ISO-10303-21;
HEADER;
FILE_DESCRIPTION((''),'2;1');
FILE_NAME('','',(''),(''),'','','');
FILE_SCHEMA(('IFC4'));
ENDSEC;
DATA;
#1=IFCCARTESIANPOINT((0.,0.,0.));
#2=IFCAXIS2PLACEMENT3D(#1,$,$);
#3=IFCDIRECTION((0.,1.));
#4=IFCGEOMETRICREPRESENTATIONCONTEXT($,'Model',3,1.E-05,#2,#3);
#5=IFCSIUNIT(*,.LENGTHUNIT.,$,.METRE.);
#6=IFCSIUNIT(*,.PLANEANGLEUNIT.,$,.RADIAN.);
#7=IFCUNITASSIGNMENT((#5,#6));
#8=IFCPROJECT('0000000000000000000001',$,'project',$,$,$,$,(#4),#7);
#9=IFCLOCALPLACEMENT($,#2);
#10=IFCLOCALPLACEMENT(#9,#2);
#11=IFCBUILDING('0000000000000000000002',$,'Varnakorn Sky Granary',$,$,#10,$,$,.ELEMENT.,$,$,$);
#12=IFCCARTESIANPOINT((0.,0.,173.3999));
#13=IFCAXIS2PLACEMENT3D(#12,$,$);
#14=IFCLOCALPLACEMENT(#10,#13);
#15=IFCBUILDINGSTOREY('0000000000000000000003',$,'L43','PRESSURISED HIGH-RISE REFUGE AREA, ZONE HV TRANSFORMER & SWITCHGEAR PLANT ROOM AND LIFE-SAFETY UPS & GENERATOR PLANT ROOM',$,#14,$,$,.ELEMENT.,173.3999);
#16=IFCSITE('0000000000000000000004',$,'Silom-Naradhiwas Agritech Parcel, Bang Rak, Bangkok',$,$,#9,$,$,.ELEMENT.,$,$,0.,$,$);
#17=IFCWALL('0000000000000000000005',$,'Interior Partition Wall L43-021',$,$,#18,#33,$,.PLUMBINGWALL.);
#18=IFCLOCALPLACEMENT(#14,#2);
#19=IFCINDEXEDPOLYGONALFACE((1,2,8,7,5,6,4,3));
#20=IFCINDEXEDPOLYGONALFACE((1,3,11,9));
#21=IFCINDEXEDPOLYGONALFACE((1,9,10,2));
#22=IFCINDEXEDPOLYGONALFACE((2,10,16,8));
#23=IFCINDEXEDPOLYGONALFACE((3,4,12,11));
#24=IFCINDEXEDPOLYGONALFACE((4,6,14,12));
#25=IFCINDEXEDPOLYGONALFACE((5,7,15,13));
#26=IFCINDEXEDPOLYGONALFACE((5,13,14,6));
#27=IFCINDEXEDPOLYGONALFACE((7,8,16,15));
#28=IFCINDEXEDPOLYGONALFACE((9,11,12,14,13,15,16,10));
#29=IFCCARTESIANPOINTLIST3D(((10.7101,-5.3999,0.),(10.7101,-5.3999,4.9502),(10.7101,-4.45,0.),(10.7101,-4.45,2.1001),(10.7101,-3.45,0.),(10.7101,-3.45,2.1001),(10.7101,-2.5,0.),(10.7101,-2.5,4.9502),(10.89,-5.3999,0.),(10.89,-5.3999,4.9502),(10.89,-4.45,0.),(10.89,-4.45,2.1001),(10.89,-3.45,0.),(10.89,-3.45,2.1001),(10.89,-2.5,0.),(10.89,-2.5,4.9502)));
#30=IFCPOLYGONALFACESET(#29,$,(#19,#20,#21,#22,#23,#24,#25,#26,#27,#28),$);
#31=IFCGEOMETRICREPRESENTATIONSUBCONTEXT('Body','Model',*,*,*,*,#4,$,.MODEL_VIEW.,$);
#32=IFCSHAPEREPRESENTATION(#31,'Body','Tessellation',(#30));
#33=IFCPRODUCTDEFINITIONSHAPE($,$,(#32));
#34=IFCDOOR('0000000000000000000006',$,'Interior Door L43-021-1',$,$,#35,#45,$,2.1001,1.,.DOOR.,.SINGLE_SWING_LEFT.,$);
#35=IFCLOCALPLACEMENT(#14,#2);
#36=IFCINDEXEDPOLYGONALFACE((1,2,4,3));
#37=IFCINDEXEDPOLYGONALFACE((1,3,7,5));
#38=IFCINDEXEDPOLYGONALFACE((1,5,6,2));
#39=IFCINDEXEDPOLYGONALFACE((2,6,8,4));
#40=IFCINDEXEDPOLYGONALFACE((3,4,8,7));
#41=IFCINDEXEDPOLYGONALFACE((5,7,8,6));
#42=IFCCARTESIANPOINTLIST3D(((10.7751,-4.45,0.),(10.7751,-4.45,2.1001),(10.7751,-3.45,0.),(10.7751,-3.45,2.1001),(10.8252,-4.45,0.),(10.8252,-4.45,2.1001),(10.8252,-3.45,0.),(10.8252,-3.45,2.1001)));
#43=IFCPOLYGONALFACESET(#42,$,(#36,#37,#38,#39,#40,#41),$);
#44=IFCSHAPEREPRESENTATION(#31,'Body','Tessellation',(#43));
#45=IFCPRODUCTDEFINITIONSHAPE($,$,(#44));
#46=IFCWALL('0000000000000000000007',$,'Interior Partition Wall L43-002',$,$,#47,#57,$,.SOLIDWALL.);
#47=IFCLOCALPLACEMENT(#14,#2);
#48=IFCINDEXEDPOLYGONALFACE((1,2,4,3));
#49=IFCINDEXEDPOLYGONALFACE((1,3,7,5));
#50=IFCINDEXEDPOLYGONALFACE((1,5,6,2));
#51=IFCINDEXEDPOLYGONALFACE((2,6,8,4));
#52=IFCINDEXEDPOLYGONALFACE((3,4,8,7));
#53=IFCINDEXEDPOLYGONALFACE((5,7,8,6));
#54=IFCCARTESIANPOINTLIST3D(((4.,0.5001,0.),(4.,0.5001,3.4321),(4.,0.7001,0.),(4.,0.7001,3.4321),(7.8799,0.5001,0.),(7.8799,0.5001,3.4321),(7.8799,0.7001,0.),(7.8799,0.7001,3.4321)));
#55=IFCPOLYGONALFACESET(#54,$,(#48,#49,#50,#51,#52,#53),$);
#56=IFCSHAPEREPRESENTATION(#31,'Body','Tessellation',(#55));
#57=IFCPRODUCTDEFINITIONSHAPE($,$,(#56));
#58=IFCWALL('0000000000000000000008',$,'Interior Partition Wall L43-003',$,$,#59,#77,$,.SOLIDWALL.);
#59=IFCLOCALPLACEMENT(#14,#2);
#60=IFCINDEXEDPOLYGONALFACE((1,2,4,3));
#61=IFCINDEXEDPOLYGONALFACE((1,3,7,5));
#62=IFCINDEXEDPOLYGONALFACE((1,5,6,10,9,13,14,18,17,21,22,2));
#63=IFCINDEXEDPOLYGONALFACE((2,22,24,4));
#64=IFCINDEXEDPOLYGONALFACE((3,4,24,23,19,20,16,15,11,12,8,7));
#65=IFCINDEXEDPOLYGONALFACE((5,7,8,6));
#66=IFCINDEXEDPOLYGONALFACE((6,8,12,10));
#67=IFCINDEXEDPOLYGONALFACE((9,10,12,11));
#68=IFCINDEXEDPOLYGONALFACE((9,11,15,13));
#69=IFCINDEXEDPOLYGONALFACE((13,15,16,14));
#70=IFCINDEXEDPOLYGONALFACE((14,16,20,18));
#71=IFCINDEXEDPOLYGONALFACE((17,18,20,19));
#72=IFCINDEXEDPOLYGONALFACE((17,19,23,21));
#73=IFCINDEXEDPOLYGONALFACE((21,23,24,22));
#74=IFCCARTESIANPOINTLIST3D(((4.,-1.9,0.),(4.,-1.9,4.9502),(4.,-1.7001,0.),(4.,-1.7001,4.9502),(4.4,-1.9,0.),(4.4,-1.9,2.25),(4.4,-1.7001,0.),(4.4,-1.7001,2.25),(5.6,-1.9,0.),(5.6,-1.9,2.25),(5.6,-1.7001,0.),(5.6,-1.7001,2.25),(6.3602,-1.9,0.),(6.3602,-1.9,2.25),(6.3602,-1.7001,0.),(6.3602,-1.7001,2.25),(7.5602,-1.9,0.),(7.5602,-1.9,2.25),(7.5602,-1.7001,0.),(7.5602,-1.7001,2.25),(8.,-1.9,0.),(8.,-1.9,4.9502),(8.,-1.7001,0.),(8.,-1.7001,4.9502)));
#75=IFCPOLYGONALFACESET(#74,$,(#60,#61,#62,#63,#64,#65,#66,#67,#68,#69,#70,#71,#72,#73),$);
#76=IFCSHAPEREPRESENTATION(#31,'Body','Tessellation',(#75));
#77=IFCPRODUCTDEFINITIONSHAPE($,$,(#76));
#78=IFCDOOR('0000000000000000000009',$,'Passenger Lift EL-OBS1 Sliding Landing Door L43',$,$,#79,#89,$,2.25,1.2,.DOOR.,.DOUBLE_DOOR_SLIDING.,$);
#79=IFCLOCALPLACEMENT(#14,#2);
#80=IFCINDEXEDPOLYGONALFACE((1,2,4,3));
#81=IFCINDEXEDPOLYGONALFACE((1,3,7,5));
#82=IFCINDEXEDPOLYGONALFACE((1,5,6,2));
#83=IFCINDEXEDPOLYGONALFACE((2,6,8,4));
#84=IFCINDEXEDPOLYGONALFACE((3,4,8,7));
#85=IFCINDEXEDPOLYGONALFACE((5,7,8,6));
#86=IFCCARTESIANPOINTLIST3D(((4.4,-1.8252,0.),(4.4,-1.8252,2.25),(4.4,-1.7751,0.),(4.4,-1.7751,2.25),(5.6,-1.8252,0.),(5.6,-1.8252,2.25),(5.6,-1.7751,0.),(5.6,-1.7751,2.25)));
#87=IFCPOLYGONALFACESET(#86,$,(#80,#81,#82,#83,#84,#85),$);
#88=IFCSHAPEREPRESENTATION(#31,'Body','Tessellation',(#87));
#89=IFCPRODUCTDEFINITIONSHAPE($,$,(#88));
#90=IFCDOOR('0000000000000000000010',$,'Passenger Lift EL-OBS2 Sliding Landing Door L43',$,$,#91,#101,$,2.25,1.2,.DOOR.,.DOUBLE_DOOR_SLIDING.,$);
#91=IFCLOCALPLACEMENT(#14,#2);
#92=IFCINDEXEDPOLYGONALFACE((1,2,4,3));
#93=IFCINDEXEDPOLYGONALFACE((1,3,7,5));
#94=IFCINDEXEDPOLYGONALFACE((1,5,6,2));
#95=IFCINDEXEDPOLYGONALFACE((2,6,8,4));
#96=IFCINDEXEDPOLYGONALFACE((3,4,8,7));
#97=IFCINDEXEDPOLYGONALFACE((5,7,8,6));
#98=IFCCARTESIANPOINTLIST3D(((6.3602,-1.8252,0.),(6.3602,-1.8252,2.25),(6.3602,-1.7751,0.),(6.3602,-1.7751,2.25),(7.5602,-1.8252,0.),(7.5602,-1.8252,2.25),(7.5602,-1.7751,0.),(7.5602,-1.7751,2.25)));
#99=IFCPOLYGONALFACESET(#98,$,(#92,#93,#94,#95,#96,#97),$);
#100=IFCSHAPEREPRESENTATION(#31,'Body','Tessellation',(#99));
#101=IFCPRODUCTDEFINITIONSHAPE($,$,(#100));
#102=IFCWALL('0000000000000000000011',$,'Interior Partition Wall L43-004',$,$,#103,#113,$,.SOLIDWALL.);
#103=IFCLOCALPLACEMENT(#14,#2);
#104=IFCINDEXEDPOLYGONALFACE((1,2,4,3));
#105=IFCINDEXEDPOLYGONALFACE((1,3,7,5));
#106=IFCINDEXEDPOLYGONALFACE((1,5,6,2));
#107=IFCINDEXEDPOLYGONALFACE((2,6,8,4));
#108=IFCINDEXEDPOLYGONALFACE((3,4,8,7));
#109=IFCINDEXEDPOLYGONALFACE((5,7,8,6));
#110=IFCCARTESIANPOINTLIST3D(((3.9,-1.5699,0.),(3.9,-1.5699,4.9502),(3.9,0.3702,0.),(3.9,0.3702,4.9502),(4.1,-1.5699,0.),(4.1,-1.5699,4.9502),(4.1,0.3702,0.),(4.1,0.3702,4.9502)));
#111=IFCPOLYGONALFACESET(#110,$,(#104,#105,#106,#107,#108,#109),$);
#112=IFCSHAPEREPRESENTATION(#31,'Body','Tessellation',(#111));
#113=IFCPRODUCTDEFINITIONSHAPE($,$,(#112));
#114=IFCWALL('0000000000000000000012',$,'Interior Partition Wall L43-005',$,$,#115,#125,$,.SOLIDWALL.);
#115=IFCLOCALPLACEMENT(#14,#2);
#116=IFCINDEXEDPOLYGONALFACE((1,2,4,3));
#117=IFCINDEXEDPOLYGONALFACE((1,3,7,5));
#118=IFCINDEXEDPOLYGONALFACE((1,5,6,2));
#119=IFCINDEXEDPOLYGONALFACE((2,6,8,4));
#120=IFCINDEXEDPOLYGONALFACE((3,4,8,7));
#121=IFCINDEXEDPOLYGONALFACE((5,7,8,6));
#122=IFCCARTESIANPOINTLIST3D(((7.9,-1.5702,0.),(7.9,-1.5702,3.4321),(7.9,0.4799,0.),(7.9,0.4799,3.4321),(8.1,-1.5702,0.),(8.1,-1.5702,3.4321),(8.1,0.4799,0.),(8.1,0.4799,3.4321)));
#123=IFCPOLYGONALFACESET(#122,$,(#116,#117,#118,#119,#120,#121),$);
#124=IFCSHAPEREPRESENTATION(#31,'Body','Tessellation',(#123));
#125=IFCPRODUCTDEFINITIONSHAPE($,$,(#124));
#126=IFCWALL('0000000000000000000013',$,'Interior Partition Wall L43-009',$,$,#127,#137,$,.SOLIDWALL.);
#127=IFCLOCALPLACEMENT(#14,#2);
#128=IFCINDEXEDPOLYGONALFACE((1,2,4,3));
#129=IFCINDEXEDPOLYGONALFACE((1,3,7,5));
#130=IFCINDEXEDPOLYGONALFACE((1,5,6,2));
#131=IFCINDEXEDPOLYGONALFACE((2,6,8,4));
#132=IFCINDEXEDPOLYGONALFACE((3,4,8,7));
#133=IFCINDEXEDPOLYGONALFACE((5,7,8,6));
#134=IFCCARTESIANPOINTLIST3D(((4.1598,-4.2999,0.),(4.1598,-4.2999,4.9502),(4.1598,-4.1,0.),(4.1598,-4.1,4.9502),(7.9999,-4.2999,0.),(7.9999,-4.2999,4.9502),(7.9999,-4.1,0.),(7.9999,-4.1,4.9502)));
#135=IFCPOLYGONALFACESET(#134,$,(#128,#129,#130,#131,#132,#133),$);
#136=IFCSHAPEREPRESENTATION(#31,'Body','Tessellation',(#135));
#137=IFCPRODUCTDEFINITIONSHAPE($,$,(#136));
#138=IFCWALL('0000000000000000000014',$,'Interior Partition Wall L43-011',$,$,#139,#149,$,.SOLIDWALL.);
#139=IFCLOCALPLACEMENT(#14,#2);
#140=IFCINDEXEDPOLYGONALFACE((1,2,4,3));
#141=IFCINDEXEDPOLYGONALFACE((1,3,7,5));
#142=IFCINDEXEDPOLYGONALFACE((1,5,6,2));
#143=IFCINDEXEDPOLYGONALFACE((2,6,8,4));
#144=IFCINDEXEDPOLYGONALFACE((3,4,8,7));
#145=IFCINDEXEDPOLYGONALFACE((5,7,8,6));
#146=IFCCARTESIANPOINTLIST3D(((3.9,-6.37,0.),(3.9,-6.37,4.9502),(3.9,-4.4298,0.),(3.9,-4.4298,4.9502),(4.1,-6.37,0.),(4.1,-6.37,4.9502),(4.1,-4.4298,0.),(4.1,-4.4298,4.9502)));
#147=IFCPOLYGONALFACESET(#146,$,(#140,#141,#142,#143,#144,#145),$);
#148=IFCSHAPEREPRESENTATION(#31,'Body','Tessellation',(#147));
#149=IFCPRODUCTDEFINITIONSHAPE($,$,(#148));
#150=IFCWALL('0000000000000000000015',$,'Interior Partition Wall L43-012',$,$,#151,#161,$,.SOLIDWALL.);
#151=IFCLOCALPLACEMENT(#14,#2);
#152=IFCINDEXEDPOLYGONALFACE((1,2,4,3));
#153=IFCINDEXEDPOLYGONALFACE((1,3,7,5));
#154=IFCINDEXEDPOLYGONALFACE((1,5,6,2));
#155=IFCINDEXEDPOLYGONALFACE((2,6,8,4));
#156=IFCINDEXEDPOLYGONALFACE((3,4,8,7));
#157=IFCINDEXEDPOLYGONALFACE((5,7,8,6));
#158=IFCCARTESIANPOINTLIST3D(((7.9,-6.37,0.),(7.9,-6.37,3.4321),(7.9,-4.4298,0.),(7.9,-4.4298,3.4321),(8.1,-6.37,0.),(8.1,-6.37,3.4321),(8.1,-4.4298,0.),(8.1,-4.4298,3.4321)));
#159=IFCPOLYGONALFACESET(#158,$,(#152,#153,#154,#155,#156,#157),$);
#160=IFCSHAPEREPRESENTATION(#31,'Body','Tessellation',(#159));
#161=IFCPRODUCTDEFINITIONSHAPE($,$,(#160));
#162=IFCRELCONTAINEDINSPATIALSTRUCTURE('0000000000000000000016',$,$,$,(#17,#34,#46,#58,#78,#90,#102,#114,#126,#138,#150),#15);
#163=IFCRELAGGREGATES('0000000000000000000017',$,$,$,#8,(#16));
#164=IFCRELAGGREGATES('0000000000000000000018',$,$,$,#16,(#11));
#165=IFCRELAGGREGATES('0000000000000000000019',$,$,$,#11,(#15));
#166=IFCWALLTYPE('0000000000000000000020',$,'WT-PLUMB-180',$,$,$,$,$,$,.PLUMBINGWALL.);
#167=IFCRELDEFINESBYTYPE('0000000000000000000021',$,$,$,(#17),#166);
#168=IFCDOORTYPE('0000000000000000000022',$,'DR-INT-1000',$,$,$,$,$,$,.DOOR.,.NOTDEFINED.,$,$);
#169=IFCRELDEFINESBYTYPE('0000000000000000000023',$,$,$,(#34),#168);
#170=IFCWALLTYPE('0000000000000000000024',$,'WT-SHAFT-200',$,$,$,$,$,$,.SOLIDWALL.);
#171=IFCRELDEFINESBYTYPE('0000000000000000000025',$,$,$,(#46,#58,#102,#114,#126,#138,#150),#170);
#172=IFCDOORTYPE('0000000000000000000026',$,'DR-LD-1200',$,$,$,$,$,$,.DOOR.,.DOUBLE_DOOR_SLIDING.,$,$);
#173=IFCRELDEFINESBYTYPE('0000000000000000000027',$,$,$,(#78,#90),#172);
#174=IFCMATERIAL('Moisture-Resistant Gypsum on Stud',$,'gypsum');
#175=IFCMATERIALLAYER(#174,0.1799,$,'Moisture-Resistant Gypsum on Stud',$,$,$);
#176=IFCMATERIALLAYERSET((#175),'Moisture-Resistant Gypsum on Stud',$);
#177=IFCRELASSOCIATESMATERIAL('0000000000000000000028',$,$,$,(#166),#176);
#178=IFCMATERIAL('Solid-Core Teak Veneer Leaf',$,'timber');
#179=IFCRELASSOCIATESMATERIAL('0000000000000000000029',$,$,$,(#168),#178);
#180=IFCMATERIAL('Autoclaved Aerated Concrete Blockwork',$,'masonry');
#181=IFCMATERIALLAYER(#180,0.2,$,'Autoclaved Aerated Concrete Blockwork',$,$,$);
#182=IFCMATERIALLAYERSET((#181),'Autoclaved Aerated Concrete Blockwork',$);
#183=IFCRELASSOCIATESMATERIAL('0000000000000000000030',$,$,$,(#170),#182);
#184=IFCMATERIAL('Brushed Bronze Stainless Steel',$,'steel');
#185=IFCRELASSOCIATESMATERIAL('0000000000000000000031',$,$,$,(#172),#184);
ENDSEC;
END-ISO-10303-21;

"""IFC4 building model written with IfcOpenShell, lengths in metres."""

from ifc_helpers import new_model, si_unit, direction, frame, frame_2d, origin, place, context, subcontext, project, spatial, rectangle, extrude, material, layer, layer_set, type_object, element, fill, save


model = new_model("IFC4")

# Units and contexts
model_context = context("Model", 3, precision=1e-05, world=origin(), true_north=direction((0.0, 1.0)))
body_context = subcontext(model_context, "Body", "Model", "MODEL_VIEW")
ifc_project = project(units=[si_unit("LENGTHUNIT", "METRE"), si_unit("PLANEANGLEUNIT", "RADIAN")], contexts=[model_context])

# Site, building, storey
site_placement = place(None, origin())
site = spatial("IfcSite", under=ifc_project, at=site_placement, Name="Silom-Naradhiwas Agritech Parcel, Bang Rak, Bangkok", CompositionType="ELEMENT", RefElevation=0.0)
building_placement = place(site_placement, origin())
building = spatial("IfcBuilding", under=site, at=building_placement, Name="Varnakorn Sky Granary", CompositionType="ELEMENT")
storey_placement = place(building_placement, frame((0.0, 0.0, 173.3999)))
storey = spatial("IfcBuildingStorey", under=building, at=storey_placement, Name="L43", Description="PRESSURISED HIGH-RISE REFUGE AREA, ZONE HV TRANSFORMER & SWITCHGEAR PLANT ROOM AND LIFE-SAFETY UPS & GENERATOR PLANT ROOM", CompositionType="ELEMENT", Elevation=173.3999)

# Shared definitions
ifc_material_1 = material(Name="Autoclaved Aerated Concrete Blockwork", Category="masonry")

# Wall, opening, door
ifc_material_2 = material(Name="Moisture-Resistant Gypsum on Stud", Category="gypsum")
ifc_layer_1 = layer(ifc_material_2, 0.1799, Name="Moisture-Resistant Gypsum on Stud")
ifc_layer_set_1 = layer_set([ifc_layer_1], Name="Moisture-Resistant Gypsum on Stud")
wall_type_1 = type_object("IfcWallType", Name="WT-PLUMB-180", PredefinedType="PLUMBINGWALL", material=ifc_layer_set_1)
wall_1_placement = place(storey_placement, frame((10.8, -5.3999, 0.0), z_axis=(0.0, 0.0, 1.0), x_axis=(0.0, 1.0, 0.0)))
wall_1 = element("IfcWall", 1, at=wall_1_placement, inside=storey, type_object=wall_type_1, Name="Interior Partition Wall L43-021", PredefinedType="PLUMBINGWALL", context=body_context, shape_type="SweptSolid", body=[
    extrude(rectangle(XDim=2.8999, YDim=0.1799, at=frame_2d((1.45, 0.0))), origin(), (0.0, 0.0, 1.0), 4.9502),
])
opening_1_placement = place(wall_1_placement, frame((0.95, 0.0, 0.0)))
opening_1 = element("IfcOpeningElement", 2, at=opening_1_placement, cuts=wall_1, PredefinedType="OPENING", context=body_context, shape_type="SweptSolid", body=[
    extrude(rectangle(XDim=1.0, YDim=2.1001, at=frame_2d((0.5, 1.05))), frame((0.0, 0.1001, 0.0), z_axis=(0.0, -1.0, 0.0), x_axis=(1.0, 0.0, 0.0)), (0.0, 0.0, 1.0), 0.2),
])
ifc_material_3 = material(Name="Solid-Core Teak Veneer Leaf", Category="timber")
door_type_1 = type_object("IfcDoorType", Name="DR-INT-1000", OperationType="NOTDEFINED", PredefinedType="DOOR", material=ifc_material_3)
door_1_placement = place(opening_1_placement, origin())
door_1 = element("IfcDoor", 3, at=door_1_placement, inside=storey, type_object=door_type_1, Name="Interior Door L43-021-1", OperationType="SINGLE_SWING_LEFT", OverallHeight=2.1001, OverallWidth=1.0, PredefinedType="DOOR", context=body_context, shape_type="SweptSolid", body=[
    extrude(rectangle(XDim=1.0, YDim=2.1001, at=frame_2d((0.5, 1.05))), frame((0.0, 0.0249, 0.0), z_axis=(0.0, -1.0, 0.0), x_axis=(1.0, 0.0, 0.0)), (0.0, 0.0, 1.0), 0.05),
])
fill(opening_1, door_1)

# Wall
ifc_layer_2 = layer(ifc_material_1, 0.2, Name="Autoclaved Aerated Concrete Blockwork")
ifc_layer_set_2 = layer_set([ifc_layer_2], Name="Autoclaved Aerated Concrete Blockwork")
wall_type_2 = type_object("IfcWallType", Name="WT-SHAFT-200", PredefinedType="SOLIDWALL", material=ifc_layer_set_2)
wall_2_placement = place(storey_placement, frame((4.0, 0.6001, 0.0), z_axis=(0.0, 0.0, 1.0), x_axis=(1.0, 0.0, 0.0)))
element("IfcWall", 4, at=wall_2_placement, inside=storey, type_object=wall_type_2, Name="Interior Partition Wall L43-002", PredefinedType="SOLIDWALL", context=body_context, shape_type="SweptSolid", body=[
    extrude(rectangle(XDim=3.8799, YDim=0.2, at=frame_2d((1.9399, 0.0))), origin(), (0.0, 0.0, 1.0), 3.4321),
])

# Wall, openings, doors
wall_3_placement = place(storey_placement, frame((4.0, -1.8, 0.0), z_axis=(0.0, 0.0, 1.0), x_axis=(1.0, 0.0, 0.0)))
wall_3 = element("IfcWall", 5, at=wall_3_placement, inside=storey, type_object=wall_type_2, Name="Interior Partition Wall L43-003", PredefinedType="SOLIDWALL", context=body_context, shape_type="SweptSolid", body=[
    extrude(rectangle(XDim=4.0, YDim=0.2, at=frame_2d((2.0, 0.0))), origin(), (0.0, 0.0, 1.0), 4.9502),
])
opening_2_placement = place(wall_3_placement, frame((0.3999, 0.0, 0.0)))
opening_2 = element("IfcOpeningElement", 6, at=opening_2_placement, cuts=wall_3, PredefinedType="OPENING", context=body_context, shape_type="SweptSolid", body=[
    extrude(rectangle(XDim=1.2, YDim=2.25, at=frame_2d((0.6001, 1.125))), frame((0.0, 0.1099, 0.0), z_axis=(0.0, -1.0, 0.0), x_axis=(1.0, 0.0, 0.0)), (0.0, 0.0, 1.0), 0.22),
])
opening_3_placement = place(wall_3_placement, frame((2.3601, 0.0, 0.0)))
opening_3 = element("IfcOpeningElement", 7, at=opening_3_placement, cuts=wall_3, PredefinedType="OPENING", context=body_context, shape_type="SweptSolid", body=[
    extrude(rectangle(XDim=1.2, YDim=2.25, at=frame_2d((0.6001, 1.125))), frame((0.0, 0.1099, 0.0), z_axis=(0.0, -1.0, 0.0), x_axis=(1.0, 0.0, 0.0)), (0.0, 0.0, 1.0), 0.22),
])
ifc_material_4 = material(Name="Brushed Bronze Stainless Steel", Category="steel")
door_type_2 = type_object("IfcDoorType", Name="DR-LD-1200", OperationType="DOUBLE_DOOR_SLIDING", PredefinedType="DOOR", material=ifc_material_4)
door_2_placement = place(opening_2_placement, origin())
door_2 = element("IfcDoor", 8, at=door_2_placement, inside=storey, type_object=door_type_2, Name="Passenger Lift EL-OBS1 Sliding Landing Door L43", OperationType="DOUBLE_DOOR_SLIDING", OverallHeight=2.25, OverallWidth=1.2, PredefinedType="DOOR", context=body_context, shape_type="SweptSolid", body=[
    extrude(rectangle(XDim=1.2, YDim=2.25, at=frame_2d((0.6001, 1.125))), frame((0.0, 0.0249, 0.0), z_axis=(0.0, -1.0, 0.0), x_axis=(1.0, 0.0, 0.0)), (0.0, 0.0, 1.0), 0.05),
])
fill(opening_2, door_2)
door_3_placement = place(opening_3_placement, origin())
door_3 = element("IfcDoor", 9, at=door_3_placement, inside=storey, type_object=door_type_2, Name="Passenger Lift EL-OBS2 Sliding Landing Door L43", OperationType="DOUBLE_DOOR_SLIDING", OverallHeight=2.25, OverallWidth=1.2, PredefinedType="DOOR", context=body_context, shape_type="SweptSolid", body=[
    extrude(rectangle(XDim=1.2, YDim=2.25, at=frame_2d((0.6001, 1.125))), frame((0.0, 0.0249, 0.0), z_axis=(0.0, -1.0, 0.0), x_axis=(1.0, 0.0, 0.0)), (0.0, 0.0, 1.0), 0.05),
])
fill(opening_3, door_3)

# Walls
wall_4_placement = place(storey_placement, frame((4.0, -1.5701, 0.0), z_axis=(0.0, 0.0, 1.0), x_axis=(0.0, 1.0, 0.0)))
element("IfcWall", 10, at=wall_4_placement, inside=storey, type_object=wall_type_2, Name="Interior Partition Wall L43-004", PredefinedType="SOLIDWALL", context=body_context, shape_type="SweptSolid", body=[
    extrude(rectangle(XDim=1.9402, YDim=0.2, at=frame_2d((0.9702, 0.0))), origin(), (0.0, 0.0, 1.0), 4.9502),
])
wall_5_placement = place(storey_placement, frame((8.0, -1.5701, 0.0), z_axis=(0.0, 0.0, 1.0), x_axis=(0.0, 1.0, 0.0)))
element("IfcWall", 11, at=wall_5_placement, inside=storey, type_object=wall_type_2, Name="Interior Partition Wall L43-005", PredefinedType="SOLIDWALL", context=body_context, shape_type="SweptSolid", body=[
    extrude(rectangle(XDim=2.05, YDim=0.2, at=frame_2d((1.0249, 0.0))), origin(), (0.0, 0.0, 1.0), 3.4321),
])
wall_6_placement = place(storey_placement, frame((4.1599, -4.2, 0.0), z_axis=(0.0, 0.0, 1.0), x_axis=(1.0, 0.0, 0.0)))
element("IfcWall", 12, at=wall_6_placement, inside=storey, type_object=wall_type_2, Name="Interior Partition Wall L43-009", PredefinedType="SOLIDWALL", context=body_context, shape_type="SweptSolid", body=[
    extrude(rectangle(XDim=3.8401, YDim=0.2, at=frame_2d((1.9199, 0.0))), origin(), (0.0, 0.0, 1.0), 4.9502),
])
wall_7_placement = place(storey_placement, frame((4.0, -6.3701, 0.0), z_axis=(0.0, 0.0, 1.0), x_axis=(0.0, 1.0, 0.0)))
element("IfcWall", 13, at=wall_7_placement, inside=storey, type_object=wall_type_2, Name="Interior Partition Wall L43-011", PredefinedType="SOLIDWALL", context=body_context, shape_type="SweptSolid", body=[
    extrude(rectangle(XDim=1.9402, YDim=0.2, at=frame_2d((0.9702, 0.0))), origin(), (0.0, 0.0, 1.0), 4.9502),
])
wall_8_placement = place(storey_placement, frame((8.0, -6.3701, 0.0), z_axis=(0.0, 0.0, 1.0), x_axis=(0.0, 1.0, 0.0)))
element("IfcWall", 14, at=wall_8_placement, inside=storey, type_object=wall_type_2, Name="Interior Partition Wall L43-012", PredefinedType="SOLIDWALL", context=body_context, shape_type="SweptSolid", body=[
    extrude(rectangle(XDim=1.9402, YDim=0.2, at=frame_2d((0.9702, 0.0))), origin(), (0.0, 0.0, 1.0), 3.4321),
])

save(model, "model.ifc")
